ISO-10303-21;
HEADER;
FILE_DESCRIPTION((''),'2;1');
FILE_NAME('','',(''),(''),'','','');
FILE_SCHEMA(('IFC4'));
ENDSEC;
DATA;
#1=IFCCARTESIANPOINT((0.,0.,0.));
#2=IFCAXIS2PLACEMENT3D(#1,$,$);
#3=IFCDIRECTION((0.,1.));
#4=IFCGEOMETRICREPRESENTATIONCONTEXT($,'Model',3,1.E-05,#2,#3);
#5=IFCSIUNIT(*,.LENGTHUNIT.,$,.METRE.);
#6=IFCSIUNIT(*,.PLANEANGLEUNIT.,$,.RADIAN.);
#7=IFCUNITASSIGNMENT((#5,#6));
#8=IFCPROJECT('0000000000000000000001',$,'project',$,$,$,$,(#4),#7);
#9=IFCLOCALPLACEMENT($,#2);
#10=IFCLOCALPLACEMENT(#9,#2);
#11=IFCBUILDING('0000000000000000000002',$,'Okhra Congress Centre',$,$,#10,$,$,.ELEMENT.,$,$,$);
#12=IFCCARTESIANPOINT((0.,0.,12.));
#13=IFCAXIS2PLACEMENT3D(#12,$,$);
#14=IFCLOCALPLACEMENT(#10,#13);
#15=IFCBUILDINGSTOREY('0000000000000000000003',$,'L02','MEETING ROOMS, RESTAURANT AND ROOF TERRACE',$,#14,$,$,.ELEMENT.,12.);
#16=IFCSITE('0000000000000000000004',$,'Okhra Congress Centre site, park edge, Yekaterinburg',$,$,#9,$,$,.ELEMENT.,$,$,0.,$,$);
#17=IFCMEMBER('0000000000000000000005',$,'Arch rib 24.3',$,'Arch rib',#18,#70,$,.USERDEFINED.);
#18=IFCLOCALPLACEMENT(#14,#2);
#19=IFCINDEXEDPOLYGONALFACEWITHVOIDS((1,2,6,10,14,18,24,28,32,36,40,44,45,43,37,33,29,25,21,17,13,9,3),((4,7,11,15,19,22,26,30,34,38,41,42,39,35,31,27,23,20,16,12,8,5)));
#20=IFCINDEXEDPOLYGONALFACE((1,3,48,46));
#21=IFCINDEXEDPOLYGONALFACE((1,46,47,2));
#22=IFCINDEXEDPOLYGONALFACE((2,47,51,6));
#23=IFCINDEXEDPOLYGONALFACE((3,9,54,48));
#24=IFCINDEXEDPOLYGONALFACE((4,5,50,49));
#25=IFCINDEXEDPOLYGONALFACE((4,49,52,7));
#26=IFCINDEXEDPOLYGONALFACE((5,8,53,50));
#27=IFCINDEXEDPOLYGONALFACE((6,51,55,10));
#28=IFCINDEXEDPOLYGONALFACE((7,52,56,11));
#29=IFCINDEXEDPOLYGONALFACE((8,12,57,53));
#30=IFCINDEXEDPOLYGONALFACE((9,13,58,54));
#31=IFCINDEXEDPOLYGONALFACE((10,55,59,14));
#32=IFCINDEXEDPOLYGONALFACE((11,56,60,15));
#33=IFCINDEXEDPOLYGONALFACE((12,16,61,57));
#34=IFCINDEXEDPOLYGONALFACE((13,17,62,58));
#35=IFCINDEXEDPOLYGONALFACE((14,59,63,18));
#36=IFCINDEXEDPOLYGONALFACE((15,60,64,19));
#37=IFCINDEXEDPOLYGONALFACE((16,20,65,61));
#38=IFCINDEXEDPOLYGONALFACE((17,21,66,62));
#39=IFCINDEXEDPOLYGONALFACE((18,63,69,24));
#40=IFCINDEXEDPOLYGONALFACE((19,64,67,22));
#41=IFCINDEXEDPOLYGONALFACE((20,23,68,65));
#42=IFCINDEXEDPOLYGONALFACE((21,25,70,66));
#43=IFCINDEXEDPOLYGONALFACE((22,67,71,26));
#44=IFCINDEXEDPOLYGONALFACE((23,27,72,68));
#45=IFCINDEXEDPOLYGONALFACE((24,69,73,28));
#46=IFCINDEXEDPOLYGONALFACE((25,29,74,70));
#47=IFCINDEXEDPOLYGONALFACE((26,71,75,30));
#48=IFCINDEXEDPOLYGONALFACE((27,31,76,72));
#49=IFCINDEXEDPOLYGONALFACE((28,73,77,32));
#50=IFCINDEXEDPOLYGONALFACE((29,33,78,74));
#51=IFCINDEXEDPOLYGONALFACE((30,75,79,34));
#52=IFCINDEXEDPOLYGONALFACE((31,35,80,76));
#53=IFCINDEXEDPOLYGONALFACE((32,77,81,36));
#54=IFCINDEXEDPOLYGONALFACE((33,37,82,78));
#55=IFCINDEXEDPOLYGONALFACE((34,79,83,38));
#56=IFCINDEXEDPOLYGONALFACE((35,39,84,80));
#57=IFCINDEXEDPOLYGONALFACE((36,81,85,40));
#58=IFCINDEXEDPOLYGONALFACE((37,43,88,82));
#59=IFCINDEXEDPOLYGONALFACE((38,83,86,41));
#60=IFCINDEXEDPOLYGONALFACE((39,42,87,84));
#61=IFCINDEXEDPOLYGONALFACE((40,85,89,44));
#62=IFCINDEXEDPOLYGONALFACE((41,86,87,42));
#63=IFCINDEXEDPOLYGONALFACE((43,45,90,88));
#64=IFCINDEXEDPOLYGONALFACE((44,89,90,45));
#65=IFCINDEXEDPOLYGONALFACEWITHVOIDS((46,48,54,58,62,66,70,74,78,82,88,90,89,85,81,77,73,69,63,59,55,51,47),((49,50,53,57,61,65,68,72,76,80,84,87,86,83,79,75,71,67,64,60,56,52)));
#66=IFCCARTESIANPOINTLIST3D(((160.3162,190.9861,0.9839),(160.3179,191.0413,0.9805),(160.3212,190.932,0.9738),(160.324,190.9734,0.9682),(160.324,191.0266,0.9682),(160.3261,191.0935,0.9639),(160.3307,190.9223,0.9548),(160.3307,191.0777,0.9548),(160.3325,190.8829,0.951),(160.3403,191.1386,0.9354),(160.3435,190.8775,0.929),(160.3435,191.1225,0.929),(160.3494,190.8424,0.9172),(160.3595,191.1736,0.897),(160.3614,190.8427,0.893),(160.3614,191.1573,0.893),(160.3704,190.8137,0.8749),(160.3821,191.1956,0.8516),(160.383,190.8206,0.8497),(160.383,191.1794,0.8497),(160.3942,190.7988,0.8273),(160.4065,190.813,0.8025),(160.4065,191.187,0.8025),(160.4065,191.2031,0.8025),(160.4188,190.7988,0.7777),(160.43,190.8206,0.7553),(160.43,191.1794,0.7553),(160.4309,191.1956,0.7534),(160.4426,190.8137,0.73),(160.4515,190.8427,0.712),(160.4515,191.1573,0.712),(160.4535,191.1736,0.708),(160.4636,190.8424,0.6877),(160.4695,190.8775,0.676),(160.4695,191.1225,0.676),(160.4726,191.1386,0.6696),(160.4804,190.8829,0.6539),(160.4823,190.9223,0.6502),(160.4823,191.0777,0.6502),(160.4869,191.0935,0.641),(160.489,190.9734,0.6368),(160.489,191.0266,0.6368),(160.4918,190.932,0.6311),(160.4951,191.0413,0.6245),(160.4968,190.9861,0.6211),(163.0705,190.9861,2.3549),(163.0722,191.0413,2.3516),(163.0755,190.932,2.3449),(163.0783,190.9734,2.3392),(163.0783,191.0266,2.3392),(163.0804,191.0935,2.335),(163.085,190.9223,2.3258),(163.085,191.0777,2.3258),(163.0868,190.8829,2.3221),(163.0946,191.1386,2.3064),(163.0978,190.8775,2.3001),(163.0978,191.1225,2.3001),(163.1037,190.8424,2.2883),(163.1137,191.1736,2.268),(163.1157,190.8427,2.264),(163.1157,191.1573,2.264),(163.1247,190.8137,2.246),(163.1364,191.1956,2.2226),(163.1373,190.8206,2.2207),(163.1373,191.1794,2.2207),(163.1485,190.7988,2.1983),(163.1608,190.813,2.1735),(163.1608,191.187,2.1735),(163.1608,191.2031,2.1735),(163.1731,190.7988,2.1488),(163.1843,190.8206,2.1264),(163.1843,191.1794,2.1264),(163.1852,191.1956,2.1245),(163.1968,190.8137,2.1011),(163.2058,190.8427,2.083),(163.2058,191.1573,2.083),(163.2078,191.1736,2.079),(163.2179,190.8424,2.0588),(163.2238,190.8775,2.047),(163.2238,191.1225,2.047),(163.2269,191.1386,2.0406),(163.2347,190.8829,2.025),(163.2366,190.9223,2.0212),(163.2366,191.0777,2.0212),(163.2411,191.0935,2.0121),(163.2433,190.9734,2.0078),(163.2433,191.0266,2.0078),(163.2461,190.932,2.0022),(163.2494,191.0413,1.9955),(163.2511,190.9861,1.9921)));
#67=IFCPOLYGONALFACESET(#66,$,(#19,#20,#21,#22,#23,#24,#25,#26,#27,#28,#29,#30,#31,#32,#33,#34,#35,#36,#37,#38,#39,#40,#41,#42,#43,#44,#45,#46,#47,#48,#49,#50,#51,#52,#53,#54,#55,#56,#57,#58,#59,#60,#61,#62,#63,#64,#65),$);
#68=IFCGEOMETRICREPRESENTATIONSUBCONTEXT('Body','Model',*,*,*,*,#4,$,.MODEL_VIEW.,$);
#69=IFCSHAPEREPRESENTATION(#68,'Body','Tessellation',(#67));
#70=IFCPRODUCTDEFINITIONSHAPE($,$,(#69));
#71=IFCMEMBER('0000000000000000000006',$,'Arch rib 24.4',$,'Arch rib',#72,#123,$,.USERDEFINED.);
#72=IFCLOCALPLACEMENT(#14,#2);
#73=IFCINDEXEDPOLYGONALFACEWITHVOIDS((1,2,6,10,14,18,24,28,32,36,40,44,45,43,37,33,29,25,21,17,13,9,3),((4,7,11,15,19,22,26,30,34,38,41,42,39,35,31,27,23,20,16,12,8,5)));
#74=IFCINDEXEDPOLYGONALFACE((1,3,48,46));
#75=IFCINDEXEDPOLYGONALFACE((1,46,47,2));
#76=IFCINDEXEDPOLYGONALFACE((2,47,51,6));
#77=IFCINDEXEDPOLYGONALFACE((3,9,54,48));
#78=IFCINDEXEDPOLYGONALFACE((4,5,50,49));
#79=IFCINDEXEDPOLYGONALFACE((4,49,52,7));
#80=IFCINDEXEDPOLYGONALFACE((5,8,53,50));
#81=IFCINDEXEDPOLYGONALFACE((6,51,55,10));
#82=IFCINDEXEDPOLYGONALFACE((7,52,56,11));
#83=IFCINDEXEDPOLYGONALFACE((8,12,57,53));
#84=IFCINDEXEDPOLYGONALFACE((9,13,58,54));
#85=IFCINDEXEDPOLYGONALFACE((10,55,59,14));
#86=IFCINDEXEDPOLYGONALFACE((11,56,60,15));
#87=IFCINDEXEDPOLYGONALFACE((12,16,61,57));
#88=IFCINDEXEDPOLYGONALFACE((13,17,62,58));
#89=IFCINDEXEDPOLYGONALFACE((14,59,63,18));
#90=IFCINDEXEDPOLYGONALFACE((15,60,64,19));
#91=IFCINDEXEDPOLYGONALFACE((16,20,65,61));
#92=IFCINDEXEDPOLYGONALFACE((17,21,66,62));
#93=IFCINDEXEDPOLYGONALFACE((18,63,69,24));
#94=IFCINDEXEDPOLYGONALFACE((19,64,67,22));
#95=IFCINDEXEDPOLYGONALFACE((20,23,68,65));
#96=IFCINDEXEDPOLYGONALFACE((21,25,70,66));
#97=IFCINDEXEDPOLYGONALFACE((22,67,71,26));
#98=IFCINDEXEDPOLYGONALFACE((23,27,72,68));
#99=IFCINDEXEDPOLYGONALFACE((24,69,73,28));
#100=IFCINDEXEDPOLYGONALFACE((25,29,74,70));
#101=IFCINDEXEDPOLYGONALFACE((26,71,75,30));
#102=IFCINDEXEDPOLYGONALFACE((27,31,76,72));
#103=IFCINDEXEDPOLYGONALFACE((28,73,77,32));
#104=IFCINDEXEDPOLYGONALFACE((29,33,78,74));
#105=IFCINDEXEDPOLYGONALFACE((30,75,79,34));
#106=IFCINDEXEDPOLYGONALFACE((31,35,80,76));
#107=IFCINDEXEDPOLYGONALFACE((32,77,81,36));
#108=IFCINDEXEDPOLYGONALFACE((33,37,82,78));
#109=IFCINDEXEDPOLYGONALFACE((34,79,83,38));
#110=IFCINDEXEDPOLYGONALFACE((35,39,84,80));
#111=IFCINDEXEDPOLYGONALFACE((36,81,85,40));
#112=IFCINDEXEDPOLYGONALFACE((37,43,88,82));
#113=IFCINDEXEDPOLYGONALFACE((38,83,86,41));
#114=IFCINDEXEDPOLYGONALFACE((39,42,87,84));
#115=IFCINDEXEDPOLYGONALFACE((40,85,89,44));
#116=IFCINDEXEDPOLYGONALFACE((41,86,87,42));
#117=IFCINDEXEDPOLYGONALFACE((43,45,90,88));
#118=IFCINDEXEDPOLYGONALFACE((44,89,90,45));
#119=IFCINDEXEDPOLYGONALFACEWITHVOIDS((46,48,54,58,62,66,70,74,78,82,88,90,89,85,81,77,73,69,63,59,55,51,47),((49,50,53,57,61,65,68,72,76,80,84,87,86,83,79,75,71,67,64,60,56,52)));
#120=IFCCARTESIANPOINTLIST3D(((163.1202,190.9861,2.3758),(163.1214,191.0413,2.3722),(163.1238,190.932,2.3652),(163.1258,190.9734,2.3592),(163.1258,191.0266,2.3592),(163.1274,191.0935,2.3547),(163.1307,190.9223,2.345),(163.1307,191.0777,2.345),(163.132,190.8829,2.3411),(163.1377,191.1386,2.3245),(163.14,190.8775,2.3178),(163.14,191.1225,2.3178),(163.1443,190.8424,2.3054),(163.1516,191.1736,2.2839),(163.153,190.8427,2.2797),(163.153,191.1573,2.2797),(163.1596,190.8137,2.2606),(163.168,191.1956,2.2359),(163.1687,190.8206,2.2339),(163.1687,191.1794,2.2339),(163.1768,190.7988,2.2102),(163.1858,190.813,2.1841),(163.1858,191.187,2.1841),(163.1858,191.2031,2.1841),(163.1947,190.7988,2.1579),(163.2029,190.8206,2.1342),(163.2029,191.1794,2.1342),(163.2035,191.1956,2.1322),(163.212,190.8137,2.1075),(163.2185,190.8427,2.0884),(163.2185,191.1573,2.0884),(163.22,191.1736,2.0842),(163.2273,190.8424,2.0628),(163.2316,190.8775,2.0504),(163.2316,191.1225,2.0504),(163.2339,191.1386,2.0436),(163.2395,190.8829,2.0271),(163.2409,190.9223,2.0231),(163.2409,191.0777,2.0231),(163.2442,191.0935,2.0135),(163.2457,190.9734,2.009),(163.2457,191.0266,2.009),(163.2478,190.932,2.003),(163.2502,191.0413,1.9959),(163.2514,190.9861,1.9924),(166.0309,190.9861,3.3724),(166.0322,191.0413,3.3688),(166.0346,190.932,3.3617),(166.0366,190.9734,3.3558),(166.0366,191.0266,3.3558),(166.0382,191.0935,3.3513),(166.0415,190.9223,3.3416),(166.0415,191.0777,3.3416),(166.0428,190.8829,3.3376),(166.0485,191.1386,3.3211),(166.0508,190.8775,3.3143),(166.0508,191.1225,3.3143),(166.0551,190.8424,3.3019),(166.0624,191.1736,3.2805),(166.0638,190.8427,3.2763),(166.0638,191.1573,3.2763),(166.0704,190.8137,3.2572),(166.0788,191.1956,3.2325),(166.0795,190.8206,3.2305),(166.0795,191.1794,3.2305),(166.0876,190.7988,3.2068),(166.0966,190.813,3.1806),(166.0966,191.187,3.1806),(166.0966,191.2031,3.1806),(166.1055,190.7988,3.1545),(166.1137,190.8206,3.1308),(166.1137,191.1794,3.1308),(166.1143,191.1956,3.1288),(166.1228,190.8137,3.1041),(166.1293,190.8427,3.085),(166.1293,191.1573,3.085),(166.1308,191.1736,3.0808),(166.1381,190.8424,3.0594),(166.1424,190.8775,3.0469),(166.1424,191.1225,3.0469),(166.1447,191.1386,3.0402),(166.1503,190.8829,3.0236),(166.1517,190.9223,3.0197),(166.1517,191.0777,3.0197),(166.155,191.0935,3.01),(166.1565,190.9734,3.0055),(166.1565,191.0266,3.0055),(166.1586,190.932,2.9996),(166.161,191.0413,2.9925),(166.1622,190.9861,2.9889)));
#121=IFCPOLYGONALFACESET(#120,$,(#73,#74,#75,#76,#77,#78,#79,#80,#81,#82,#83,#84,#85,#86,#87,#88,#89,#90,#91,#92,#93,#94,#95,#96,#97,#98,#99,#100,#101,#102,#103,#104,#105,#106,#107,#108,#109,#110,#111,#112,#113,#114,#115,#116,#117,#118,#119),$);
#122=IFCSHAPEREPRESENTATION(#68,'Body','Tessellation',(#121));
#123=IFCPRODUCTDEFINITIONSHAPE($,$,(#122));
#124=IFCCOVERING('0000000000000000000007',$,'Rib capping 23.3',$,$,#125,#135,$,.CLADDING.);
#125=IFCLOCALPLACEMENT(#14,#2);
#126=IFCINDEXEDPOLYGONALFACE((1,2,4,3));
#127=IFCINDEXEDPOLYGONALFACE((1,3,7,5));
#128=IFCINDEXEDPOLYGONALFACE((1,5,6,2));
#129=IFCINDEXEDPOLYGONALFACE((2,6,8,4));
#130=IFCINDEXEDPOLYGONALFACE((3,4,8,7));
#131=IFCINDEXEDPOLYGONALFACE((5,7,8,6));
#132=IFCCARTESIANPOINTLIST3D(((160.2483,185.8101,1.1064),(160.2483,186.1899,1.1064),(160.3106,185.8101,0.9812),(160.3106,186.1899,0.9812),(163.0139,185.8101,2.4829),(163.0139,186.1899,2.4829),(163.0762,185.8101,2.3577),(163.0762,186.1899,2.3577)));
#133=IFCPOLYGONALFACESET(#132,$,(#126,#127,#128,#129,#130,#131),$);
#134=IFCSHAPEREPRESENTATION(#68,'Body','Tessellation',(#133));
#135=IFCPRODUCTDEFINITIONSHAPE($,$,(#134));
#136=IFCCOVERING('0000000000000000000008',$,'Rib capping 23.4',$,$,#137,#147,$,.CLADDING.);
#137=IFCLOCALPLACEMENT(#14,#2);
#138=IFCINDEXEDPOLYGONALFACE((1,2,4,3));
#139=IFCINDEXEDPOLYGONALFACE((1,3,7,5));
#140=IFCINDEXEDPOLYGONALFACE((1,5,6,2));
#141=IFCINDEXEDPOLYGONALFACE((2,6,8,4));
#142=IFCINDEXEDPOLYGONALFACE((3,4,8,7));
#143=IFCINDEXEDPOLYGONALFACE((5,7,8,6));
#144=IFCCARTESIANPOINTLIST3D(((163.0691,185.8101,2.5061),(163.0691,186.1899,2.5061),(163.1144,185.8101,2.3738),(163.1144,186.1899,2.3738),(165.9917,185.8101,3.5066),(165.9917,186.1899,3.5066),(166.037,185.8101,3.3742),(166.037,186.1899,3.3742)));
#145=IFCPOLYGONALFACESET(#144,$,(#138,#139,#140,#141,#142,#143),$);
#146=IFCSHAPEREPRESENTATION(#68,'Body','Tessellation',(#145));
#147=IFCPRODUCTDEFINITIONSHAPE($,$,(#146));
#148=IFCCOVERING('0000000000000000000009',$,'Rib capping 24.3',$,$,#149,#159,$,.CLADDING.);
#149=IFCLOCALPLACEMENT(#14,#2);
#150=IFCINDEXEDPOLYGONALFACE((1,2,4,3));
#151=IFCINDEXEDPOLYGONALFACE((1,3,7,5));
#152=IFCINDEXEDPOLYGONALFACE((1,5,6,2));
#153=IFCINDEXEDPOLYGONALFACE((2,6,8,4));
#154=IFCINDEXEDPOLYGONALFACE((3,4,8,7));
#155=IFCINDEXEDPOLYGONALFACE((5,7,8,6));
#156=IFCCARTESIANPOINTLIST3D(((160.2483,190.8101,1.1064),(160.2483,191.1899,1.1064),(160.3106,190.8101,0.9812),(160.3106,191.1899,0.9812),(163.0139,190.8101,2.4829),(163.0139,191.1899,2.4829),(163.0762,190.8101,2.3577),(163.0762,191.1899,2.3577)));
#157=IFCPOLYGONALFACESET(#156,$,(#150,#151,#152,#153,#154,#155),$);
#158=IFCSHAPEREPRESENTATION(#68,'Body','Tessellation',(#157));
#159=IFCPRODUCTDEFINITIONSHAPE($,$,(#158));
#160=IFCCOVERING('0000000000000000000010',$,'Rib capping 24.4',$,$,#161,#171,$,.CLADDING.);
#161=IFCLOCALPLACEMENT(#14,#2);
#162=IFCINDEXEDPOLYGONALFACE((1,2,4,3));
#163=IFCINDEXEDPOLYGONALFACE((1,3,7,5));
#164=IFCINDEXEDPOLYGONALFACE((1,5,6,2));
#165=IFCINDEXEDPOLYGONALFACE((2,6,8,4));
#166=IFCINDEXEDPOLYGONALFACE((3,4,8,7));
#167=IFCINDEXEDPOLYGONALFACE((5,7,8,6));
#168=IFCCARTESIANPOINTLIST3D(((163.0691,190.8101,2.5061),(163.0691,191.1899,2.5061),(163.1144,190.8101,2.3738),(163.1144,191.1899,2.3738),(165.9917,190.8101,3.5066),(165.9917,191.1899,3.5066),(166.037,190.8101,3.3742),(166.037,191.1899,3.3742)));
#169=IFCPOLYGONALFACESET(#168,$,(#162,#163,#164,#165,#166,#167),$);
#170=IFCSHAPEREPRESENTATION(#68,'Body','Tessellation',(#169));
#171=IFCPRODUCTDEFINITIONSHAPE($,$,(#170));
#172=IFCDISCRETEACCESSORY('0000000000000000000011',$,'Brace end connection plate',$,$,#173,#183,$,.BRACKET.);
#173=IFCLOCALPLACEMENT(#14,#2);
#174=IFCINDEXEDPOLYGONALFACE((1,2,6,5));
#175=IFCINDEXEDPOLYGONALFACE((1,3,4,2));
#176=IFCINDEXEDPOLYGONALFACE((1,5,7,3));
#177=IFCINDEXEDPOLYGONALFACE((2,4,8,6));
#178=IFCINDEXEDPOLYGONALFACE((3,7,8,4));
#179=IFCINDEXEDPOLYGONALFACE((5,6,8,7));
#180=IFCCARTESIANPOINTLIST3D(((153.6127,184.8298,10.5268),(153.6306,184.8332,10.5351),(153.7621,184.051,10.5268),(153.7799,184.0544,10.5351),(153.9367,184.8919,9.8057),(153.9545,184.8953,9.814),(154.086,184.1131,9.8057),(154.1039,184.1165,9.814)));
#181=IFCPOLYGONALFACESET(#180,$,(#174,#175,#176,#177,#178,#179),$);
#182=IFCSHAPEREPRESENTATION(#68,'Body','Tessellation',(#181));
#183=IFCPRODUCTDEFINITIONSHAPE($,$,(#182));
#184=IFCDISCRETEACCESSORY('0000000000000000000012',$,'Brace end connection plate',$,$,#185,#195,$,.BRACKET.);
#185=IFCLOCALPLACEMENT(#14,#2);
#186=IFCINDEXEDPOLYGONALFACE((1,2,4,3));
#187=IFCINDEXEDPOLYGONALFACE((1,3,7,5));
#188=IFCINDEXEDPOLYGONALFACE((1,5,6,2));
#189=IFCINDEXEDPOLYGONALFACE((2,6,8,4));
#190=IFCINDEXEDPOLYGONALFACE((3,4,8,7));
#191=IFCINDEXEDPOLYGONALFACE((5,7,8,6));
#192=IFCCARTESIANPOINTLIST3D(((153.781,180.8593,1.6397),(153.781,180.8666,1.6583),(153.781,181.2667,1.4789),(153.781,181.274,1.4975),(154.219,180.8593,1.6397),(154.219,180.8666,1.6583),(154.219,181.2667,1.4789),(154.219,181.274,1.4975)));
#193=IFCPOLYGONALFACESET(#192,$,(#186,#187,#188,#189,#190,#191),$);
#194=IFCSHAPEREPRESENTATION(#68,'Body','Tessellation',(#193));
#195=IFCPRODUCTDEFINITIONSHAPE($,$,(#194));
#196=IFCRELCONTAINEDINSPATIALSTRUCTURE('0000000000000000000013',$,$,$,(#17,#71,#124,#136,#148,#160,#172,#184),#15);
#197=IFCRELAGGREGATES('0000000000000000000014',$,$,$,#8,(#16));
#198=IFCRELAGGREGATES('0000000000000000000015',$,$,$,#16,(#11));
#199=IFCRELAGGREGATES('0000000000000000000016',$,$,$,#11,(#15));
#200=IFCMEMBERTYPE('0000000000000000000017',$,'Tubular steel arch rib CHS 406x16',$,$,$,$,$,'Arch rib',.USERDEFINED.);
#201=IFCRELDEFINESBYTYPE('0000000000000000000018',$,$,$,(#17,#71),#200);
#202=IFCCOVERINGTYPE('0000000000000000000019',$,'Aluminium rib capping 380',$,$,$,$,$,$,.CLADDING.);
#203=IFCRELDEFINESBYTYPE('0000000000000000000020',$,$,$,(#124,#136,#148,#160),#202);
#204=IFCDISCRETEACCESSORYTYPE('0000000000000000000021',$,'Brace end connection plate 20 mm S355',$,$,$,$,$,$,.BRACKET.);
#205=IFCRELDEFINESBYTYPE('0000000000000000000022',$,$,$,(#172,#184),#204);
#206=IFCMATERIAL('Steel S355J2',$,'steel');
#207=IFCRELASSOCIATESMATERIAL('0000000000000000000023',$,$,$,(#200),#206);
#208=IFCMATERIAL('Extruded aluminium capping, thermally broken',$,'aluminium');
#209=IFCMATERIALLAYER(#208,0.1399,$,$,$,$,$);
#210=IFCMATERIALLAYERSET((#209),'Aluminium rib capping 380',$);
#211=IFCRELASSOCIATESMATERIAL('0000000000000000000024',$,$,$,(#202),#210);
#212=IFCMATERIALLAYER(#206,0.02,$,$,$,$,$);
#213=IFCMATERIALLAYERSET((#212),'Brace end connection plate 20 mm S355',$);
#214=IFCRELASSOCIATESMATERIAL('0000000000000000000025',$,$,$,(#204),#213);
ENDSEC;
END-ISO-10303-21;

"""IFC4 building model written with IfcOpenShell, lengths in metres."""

from ifc_helpers import new_model, si_unit, direction, frame, origin, origin_2d, place, context, subcontext, project, spatial, polyline, rectangle, hollow_circle, outline, extrude, material, layer, layer_set, material_profile, profile_set, type_object, element, save


model = new_model("IFC4")

# Units and contexts
model_context = context("Model", 3, precision=1e-05, world=origin(), true_north=direction((0.0, 1.0)))
body_context = subcontext(model_context, "Body", "Model", "MODEL_VIEW")
ifc_project = project(units=[si_unit("LENGTHUNIT", "METRE"), si_unit("PLANEANGLEUNIT", "RADIAN")], contexts=[model_context])

# Site, building, storey
site_placement = place(None, origin())
site = spatial("IfcSite", under=ifc_project, at=site_placement, Name="Okhra Congress Centre site, park edge, Yekaterinburg", CompositionType="ELEMENT", RefElevation=0.0)
building_placement = place(site_placement, origin())
building = spatial("IfcBuilding", under=site, at=building_placement, Name="Okhra Congress Centre", CompositionType="ELEMENT")
storey_placement = place(building_placement, frame((0.0, 0.0, 12.0)))
storey = spatial("IfcBuildingStorey", under=building, at=storey_placement, Name="L02", Description="MEETING ROOMS, RESTAURANT AND ROOF TERRACE", CompositionType="ELEMENT", Elevation=12.0)

# Members
ifc_material_1 = material(Name="Steel S355J2", Category="steel")
ifc_material_profile_1 = material_profile(ifc_material_1, hollow_circle(Radius=0.2031, WallThickness=0.0161, at=origin_2d()), Name="CHS 406.4x16")
ifc_profile_set_1 = profile_set([ifc_material_profile_1], Name="Steel S355J2")
member_type_1 = type_object("IfcMemberType", Name="Tubular steel arch rib CHS 406x16", ElementType="Arch rib", PredefinedType="USERDEFINED", material=ifc_profile_set_1)
for number, where, z_axis, x_axis, name in (
    (1, (160.4065, 191.0, 0.8025), (0.895219, 0.0, 0.445626), (0.0, 1.0, 0.0), "Arch rib 24.3"),
    (2, (163.1858, 191.0, 2.1841), (0.946089, 0.0, 0.323906), (0.0, 1.0, 0.0), "Arch rib 24.4"),
):
    element("IfcMember", number, at=place(storey_placement, frame(where, z_axis=z_axis, x_axis=x_axis)), inside=storey, type_object=member_type_1, Name=name, ObjectType="Arch rib", PredefinedType="USERDEFINED", context=body_context, shape_type="SweptSolid", body=[
        extrude(hollow_circle(Radius=0.2031, WallThickness=0.0161, at=origin_2d()), origin(), (0.0, 0.0, 1.0), 3.0767),
    ])

# Coverings
ifc_material_2 = material(Name="Extruded aluminium capping, thermally broken", Category="aluminium")
ifc_layer_1 = layer(ifc_material_2, 0.1399)
ifc_layer_set_1 = layer_set([ifc_layer_1], Name="Aluminium rib capping 380")
covering_type = type_object("IfcCoveringType", Name="Aluminium rib capping 380", PredefinedType="CLADDING", material=ifc_layer_set_1)
covering_1_placement = place(storey_placement, frame((160.2483, 185.8101, 1.1064), z_axis=(-0.445569, 0.0, 0.895248), x_axis=(0.895248, 0.0, 0.445569)))
element("IfcCovering", 3, at=covering_1_placement, inside=storey, type_object=covering_type, Name="Rib capping 23.3", PredefinedType="CLADDING", context=body_context, shape_type="SweptSolid", body=[
    extrude(outline(polyline([(0.0, 0.0), (3.0892, 0.0), (3.0892, 0.3799), (0.0, 0.3799), (0.0, 0.0)])), origin(), (0.0, 0.0, -1.0), 0.1399),
])
covering_2_placement = place(storey_placement, frame((163.0691, 185.8101, 2.5061), z_axis=(-0.323876, 0.0, 0.9461), x_axis=(0.9461, 0.0, 0.323876)))
element("IfcCovering", 4, at=covering_2_placement, inside=storey, type_object=covering_type, Name="Rib capping 23.4", PredefinedType="CLADDING", context=body_context, shape_type="SweptSolid", body=[
    extrude(outline(polyline([(0.0, 0.0), (3.0891, 0.0), (3.0891, 0.3799), (0.0, 0.3799), (0.0, 0.0)])), origin(), (0.0, 0.0, -1.0), 0.1399),
])
covering_3_placement = place(storey_placement, frame((160.2483, 190.8101, 1.1064), z_axis=(-0.445569, 0.0, 0.895248), x_axis=(0.895248, 0.0, 0.445569)))
element("IfcCovering", 5, at=covering_3_placement, inside=storey, type_object=covering_type, Name="Rib capping 24.3", PredefinedType="CLADDING", context=body_context, shape_type="SweptSolid", body=[
    extrude(outline(polyline([(0.0, 0.0), (3.0892, 0.0), (3.0892, 0.3799), (0.0, 0.3799), (0.0, 0.0)])), origin(), (0.0, 0.0, -1.0), 0.1399),
])
covering_4_placement = place(storey_placement, frame((163.0691, 190.8101, 2.5061), z_axis=(-0.323876, 0.0, 0.9461), x_axis=(0.9461, 0.0, 0.323876)))
element("IfcCovering", 6, at=covering_4_placement, inside=storey, type_object=covering_type, Name="Rib capping 24.4", PredefinedType="CLADDING", context=body_context, shape_type="SweptSolid", body=[
    extrude(outline(polyline([(0.0, 0.0), (3.0891, 0.0), (3.0891, 0.3799), (0.0, 0.3799), (0.0, 0.0)])), origin(), (0.0, 0.0, -1.0), 0.1399),
])

# Discrete accessories
ifc_layer_2 = layer(ifc_material_1, 0.02)
ifc_layer_set_2 = layer_set([ifc_layer_2], Name="Brace end connection plate 20 mm S355")
discrete_accessory_type = type_object("IfcDiscreteAccessoryType", Name="Brace end connection plate 20 mm S355", PredefinedType="BRACKET", material=ifc_layer_set_2)
discrete_accessory_1_placement = place(storey_placement, frame((153.8494, 184.4714, 10.1663), z_axis=(0.893104, 0.17128, 0.415966), x_axis=(-0.188348, 0.982102, 0.0)))
element("IfcDiscreteAccessory", 7, at=discrete_accessory_1_placement, inside=storey, type_object=discrete_accessory_type, Name="Brace end connection plate", PredefinedType="BRACKET", context=body_context, shape_type="SweptSolid", body=[
    extrude(rectangle(XDim=0.793, YDim=0.793, at=origin_2d()), origin(), (0.0, 0.0, 1.0), 0.02),
])
discrete_accessory_2_placement = place(storey_placement, frame((154.0, 181.0703, 1.5779), z_axis=(0.0, -0.367167, -0.930155), x_axis=(1.0, 0.0, 0.0)))
element("IfcDiscreteAccessory", 8, at=discrete_accessory_2_placement, inside=storey, type_object=discrete_accessory_type, Name="Brace end connection plate", PredefinedType="BRACKET", context=body_context, shape_type="SweptSolid", body=[
    extrude(rectangle(XDim=0.438, YDim=0.438, at=origin_2d()), origin(), (0.0, 0.0, 1.0), 0.02),
])

save(model, "model.ifc")
